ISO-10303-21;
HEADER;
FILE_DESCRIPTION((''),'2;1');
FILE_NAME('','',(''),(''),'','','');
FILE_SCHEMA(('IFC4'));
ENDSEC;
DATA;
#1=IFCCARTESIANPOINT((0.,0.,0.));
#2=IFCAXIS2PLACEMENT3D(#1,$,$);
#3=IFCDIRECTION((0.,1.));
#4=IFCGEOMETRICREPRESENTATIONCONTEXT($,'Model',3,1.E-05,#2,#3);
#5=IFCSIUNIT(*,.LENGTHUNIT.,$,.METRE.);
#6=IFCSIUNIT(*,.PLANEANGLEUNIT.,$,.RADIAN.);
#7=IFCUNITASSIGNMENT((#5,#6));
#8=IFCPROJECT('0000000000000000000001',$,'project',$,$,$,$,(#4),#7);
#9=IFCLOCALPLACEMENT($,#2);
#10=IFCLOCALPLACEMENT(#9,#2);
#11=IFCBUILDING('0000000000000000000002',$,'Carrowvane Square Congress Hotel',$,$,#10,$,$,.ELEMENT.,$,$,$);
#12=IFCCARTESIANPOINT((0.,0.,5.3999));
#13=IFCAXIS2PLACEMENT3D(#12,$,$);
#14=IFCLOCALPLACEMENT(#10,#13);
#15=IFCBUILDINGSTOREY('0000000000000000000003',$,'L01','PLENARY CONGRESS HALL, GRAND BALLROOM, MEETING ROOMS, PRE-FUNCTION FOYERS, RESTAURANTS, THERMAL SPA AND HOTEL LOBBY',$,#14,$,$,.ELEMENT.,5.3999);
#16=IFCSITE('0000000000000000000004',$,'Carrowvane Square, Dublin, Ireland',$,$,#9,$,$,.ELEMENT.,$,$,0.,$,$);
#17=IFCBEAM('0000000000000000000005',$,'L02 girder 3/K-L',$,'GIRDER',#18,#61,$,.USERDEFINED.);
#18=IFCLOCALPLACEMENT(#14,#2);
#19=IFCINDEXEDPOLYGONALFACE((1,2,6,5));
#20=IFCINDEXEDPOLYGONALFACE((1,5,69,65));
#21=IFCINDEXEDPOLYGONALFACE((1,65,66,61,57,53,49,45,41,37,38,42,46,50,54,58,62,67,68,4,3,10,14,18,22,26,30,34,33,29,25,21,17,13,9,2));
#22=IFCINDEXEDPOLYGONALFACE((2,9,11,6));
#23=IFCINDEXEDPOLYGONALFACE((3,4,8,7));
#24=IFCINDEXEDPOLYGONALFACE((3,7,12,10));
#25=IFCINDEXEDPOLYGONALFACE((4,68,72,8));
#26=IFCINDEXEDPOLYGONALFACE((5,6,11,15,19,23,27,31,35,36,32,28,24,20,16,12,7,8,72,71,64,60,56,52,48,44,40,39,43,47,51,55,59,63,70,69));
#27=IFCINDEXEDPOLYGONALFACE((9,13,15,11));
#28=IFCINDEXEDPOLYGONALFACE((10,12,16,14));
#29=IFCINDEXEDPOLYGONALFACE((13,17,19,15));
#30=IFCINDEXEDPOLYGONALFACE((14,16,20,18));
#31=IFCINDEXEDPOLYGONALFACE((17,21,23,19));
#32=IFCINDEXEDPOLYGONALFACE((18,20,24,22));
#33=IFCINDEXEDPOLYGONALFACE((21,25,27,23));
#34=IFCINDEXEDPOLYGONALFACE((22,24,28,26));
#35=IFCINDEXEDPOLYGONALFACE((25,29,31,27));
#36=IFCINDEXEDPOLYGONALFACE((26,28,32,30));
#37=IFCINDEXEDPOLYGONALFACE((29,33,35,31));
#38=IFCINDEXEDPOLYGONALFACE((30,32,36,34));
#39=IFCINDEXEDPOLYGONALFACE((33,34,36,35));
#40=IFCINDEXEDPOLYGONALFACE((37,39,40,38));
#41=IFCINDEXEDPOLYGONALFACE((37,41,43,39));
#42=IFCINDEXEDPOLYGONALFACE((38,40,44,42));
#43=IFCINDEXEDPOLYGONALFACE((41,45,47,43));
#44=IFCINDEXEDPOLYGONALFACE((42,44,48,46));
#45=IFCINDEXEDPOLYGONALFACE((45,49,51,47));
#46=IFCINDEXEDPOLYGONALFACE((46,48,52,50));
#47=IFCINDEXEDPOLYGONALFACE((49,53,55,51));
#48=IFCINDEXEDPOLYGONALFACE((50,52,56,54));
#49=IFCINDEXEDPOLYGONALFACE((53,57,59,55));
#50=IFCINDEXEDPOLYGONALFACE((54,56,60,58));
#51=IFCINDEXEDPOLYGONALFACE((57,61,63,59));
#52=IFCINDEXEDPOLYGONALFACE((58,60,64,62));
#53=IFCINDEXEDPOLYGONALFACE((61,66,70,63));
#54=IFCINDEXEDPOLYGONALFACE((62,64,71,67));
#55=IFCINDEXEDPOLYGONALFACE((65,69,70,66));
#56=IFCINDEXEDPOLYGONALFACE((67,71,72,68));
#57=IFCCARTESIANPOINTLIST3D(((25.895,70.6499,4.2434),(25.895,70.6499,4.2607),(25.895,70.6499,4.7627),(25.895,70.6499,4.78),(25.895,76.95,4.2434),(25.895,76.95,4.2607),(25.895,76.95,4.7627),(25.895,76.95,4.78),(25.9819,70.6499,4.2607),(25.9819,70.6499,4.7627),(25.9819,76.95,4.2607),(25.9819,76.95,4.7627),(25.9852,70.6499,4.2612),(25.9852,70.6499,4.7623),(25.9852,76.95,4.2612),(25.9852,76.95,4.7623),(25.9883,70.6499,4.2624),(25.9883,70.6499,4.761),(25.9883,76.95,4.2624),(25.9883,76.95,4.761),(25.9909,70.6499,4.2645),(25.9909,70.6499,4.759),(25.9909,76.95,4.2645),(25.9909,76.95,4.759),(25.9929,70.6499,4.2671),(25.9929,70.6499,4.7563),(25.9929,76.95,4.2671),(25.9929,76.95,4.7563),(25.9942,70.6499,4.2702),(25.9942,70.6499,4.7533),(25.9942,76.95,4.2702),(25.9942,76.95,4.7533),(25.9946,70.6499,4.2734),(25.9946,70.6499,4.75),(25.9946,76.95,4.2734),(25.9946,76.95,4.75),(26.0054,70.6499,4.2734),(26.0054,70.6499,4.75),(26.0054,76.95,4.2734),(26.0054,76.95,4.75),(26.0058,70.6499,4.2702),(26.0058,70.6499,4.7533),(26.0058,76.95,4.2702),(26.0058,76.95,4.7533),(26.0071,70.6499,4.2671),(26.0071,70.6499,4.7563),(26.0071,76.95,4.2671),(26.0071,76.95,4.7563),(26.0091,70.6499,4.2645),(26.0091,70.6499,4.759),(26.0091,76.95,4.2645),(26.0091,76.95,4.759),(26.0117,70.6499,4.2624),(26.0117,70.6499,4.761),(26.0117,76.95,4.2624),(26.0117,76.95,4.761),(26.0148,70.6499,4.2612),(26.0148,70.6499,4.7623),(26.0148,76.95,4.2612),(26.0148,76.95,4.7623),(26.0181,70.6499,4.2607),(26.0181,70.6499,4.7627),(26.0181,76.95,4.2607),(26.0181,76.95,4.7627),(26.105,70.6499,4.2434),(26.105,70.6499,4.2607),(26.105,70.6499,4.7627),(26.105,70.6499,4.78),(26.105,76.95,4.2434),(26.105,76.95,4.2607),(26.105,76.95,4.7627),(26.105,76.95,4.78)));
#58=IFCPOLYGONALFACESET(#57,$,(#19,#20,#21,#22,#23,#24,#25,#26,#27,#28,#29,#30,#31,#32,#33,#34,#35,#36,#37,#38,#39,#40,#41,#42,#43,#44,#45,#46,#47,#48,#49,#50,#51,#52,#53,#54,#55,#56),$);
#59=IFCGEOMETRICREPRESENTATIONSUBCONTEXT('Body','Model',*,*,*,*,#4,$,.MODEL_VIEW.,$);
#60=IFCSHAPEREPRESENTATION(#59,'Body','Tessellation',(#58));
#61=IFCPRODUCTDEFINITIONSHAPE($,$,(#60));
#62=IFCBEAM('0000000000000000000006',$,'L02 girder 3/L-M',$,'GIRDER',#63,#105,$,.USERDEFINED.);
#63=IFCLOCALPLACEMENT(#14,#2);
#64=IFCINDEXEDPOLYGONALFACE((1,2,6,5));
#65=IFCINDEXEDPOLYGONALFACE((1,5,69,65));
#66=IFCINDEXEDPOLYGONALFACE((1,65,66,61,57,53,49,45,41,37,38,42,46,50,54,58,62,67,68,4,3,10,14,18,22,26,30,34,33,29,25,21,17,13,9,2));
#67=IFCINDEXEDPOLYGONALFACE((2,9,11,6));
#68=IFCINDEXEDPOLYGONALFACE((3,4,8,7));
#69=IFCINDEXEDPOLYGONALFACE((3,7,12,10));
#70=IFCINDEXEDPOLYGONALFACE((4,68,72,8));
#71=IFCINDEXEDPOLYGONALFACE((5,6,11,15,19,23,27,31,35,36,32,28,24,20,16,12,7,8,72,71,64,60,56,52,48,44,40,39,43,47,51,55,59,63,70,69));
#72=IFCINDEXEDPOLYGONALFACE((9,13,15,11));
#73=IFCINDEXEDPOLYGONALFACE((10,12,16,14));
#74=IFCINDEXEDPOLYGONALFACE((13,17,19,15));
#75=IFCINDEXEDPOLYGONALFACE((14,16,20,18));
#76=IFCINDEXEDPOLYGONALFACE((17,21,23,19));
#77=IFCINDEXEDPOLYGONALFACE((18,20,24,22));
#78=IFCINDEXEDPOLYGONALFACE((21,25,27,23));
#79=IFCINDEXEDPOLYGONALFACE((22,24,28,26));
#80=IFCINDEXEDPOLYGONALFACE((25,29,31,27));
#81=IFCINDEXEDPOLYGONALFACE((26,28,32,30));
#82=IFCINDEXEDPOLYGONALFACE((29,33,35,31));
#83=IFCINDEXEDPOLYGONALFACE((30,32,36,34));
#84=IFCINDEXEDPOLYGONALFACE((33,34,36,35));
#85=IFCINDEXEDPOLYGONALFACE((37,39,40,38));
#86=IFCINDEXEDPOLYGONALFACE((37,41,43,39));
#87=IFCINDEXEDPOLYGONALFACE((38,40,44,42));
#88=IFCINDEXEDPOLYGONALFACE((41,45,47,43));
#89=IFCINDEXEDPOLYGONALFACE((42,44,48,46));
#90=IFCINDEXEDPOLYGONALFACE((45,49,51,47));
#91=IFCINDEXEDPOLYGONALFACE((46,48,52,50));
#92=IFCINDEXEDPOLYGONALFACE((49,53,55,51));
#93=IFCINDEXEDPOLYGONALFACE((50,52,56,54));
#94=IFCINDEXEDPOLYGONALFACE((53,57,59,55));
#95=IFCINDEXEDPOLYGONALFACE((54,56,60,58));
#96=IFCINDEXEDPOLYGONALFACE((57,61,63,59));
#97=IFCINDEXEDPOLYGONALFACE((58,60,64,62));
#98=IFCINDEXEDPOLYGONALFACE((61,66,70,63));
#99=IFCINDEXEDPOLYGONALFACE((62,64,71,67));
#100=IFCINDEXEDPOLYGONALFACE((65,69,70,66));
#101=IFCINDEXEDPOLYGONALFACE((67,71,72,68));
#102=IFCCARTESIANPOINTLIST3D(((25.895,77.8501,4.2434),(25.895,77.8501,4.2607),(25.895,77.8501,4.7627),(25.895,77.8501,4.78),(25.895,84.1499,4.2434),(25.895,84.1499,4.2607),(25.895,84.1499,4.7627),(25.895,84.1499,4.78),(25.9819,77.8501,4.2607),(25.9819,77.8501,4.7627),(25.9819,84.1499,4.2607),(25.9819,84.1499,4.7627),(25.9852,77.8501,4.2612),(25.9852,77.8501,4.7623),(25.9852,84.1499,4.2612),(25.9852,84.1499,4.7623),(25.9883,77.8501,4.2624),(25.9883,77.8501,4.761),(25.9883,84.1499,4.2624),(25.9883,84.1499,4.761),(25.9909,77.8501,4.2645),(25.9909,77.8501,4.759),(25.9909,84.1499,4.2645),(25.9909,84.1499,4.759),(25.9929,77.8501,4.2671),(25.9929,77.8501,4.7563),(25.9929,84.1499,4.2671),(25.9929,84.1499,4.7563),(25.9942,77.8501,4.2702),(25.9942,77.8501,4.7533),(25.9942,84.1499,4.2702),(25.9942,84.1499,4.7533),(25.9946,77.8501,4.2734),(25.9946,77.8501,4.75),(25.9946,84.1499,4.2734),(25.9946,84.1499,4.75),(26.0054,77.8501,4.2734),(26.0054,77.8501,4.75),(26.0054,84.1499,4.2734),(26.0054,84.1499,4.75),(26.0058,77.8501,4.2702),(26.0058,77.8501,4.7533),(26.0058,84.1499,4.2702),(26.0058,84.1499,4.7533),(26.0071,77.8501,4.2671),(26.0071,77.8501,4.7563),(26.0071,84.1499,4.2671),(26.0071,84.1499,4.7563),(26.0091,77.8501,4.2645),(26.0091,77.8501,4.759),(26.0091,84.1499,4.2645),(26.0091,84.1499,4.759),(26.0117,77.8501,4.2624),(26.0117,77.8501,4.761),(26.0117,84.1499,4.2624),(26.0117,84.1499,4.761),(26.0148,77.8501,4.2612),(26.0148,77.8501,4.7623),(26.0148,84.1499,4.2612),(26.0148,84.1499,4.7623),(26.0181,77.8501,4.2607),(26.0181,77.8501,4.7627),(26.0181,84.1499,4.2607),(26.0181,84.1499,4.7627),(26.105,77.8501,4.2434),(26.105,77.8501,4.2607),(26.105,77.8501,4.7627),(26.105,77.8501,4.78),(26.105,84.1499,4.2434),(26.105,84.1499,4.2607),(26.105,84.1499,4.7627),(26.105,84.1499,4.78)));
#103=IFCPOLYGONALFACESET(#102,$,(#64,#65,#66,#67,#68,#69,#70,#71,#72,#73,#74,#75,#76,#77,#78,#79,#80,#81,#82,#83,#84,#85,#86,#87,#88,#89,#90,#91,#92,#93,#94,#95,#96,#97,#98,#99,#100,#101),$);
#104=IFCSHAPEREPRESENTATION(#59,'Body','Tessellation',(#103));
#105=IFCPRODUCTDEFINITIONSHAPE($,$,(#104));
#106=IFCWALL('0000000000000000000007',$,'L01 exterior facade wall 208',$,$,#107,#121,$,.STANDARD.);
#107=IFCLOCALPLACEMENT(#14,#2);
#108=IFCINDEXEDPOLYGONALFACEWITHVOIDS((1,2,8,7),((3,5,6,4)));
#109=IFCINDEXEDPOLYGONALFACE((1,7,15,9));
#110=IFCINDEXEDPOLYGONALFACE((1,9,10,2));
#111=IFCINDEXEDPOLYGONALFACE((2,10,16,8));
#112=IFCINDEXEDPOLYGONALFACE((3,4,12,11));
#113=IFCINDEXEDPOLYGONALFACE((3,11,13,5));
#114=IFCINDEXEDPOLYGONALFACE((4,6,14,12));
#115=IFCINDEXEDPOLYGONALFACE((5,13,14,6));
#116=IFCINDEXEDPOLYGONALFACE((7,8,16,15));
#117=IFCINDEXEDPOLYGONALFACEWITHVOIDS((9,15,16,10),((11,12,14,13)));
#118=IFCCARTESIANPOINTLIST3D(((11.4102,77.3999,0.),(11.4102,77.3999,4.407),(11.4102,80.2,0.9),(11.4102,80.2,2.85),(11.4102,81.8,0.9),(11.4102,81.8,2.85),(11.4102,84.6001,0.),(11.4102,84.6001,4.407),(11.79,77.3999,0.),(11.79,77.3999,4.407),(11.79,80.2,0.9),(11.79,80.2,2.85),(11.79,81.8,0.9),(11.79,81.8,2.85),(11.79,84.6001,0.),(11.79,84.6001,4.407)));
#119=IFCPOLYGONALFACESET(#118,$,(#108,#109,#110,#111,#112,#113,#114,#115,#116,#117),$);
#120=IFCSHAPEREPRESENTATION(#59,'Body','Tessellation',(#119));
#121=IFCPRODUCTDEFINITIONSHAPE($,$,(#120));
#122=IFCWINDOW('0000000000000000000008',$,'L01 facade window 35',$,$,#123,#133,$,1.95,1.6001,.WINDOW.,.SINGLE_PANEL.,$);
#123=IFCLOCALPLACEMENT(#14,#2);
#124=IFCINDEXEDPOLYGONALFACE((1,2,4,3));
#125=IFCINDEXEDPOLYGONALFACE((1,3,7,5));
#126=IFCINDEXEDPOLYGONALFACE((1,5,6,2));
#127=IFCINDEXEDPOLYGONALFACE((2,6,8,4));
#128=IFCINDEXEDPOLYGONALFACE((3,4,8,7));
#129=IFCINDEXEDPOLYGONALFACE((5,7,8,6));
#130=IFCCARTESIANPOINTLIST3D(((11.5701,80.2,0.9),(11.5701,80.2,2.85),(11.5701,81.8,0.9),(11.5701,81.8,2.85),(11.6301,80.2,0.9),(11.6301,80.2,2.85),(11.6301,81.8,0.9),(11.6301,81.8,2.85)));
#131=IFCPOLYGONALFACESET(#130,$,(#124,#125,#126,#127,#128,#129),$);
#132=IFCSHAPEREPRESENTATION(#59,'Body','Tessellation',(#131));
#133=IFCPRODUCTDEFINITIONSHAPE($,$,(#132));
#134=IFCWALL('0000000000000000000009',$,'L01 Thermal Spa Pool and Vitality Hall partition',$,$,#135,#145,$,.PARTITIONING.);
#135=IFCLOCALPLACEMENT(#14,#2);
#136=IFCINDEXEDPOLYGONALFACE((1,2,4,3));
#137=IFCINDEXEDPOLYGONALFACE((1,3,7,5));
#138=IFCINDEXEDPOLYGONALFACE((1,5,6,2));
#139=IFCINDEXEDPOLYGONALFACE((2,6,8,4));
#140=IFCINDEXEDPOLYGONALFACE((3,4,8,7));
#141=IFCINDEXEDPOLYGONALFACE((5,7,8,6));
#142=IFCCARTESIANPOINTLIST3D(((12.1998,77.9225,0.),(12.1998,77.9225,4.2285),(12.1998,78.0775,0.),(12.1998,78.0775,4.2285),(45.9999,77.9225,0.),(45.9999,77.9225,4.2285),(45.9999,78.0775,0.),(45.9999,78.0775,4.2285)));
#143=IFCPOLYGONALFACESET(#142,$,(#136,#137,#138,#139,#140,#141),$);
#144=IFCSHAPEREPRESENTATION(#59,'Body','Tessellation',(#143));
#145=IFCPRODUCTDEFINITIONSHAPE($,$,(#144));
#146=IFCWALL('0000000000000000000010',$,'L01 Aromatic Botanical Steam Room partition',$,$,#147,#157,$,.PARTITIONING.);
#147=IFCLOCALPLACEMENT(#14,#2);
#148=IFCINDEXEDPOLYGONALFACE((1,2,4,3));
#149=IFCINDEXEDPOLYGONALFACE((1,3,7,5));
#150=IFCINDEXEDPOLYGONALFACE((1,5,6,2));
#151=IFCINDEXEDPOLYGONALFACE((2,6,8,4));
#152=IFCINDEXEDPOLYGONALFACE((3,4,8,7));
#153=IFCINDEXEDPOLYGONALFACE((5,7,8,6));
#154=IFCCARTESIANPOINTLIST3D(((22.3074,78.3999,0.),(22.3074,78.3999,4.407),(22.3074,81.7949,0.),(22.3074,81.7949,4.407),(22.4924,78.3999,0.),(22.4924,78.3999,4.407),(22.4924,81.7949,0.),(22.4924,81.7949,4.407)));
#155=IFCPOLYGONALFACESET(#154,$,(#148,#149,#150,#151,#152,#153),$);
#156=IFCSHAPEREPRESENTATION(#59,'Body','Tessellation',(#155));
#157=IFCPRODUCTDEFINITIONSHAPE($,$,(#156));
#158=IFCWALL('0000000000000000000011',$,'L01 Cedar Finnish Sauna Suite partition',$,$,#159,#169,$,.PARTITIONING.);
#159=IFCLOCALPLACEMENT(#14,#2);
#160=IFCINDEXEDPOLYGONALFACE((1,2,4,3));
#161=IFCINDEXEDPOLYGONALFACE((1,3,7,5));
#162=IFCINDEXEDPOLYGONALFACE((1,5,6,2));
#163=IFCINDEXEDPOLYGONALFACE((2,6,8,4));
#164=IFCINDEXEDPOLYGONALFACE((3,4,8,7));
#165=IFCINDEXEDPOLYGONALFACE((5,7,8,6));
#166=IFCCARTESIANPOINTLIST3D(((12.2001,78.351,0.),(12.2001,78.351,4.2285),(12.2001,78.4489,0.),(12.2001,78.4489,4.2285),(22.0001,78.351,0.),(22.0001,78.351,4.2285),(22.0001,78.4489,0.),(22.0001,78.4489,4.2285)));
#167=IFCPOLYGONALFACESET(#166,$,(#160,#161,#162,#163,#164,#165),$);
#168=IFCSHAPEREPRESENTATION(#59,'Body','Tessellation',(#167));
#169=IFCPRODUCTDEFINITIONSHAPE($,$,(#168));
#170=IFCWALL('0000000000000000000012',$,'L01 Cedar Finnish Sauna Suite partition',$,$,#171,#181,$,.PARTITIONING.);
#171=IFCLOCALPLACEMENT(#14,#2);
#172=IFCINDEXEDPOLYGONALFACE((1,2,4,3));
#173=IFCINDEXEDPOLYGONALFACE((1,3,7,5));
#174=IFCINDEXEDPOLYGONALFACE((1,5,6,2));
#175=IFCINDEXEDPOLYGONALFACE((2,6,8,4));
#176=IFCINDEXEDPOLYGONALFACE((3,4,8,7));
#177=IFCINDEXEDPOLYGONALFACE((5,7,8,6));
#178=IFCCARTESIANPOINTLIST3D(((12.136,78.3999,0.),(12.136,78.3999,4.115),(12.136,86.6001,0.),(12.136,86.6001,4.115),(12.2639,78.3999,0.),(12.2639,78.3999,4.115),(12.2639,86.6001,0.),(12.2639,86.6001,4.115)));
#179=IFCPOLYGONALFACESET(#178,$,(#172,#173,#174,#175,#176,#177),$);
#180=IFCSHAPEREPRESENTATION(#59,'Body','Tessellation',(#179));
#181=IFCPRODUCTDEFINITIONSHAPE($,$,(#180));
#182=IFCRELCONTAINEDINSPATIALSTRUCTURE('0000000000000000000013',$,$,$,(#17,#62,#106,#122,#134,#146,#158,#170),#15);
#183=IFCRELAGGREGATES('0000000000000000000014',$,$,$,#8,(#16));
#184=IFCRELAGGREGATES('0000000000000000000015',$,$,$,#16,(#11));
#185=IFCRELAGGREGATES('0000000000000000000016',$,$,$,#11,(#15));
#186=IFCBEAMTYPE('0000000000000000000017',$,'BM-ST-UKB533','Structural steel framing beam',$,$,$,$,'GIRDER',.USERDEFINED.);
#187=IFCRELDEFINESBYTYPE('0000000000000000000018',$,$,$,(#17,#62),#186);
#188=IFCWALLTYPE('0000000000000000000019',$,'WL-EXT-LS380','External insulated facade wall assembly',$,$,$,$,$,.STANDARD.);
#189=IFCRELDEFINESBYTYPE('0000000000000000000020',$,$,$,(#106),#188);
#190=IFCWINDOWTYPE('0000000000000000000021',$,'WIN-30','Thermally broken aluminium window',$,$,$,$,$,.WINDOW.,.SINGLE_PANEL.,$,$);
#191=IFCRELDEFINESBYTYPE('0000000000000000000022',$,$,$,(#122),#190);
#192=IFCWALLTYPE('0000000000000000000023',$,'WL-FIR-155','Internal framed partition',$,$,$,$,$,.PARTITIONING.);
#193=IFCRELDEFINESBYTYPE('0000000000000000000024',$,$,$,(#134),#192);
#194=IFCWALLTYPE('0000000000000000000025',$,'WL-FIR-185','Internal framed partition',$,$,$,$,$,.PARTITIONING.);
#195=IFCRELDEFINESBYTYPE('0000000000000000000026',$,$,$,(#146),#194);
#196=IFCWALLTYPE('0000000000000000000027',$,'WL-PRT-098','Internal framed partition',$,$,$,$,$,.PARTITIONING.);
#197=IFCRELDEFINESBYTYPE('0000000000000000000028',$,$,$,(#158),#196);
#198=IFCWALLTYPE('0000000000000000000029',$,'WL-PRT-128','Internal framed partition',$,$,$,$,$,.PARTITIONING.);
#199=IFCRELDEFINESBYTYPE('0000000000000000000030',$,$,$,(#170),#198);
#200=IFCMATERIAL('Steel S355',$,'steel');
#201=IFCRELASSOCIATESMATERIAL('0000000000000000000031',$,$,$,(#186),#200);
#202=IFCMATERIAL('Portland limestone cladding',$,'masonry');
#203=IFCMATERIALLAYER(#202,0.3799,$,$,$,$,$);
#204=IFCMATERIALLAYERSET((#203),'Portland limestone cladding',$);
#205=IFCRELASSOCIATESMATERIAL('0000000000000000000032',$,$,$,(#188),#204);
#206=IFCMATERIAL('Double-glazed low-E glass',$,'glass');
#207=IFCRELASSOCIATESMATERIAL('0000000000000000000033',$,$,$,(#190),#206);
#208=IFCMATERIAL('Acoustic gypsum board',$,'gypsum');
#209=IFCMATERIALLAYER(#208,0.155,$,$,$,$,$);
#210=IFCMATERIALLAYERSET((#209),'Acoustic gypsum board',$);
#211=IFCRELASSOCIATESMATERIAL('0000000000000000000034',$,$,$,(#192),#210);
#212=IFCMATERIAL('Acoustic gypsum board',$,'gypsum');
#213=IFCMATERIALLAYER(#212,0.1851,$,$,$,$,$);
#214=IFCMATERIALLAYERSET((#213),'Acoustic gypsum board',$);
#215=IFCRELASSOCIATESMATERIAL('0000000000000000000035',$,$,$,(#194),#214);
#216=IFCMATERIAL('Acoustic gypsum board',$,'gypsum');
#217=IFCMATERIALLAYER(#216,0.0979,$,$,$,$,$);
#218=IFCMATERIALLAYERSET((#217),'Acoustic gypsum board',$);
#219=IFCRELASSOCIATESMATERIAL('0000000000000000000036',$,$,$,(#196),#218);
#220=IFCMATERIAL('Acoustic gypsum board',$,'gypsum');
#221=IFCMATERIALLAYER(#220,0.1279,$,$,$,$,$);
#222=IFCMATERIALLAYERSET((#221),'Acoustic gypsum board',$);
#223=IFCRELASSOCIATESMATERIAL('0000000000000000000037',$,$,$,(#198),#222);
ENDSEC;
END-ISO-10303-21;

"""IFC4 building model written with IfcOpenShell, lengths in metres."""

from ifc_helpers import new_model, si_unit, direction, frame, frame_2d, origin, origin_2d, place, context, subcontext, project, spatial, rectangle, i_section, extrude, material, layer, layer_set, material_profile, profile_set, type_object, element, fill, save


model = new_model("IFC4")

# Units and contexts
model_context = context("Model", 3, precision=1e-05, world=origin(), true_north=direction((0.0, 1.0)))
body_context = subcontext(model_context, "Body", "Model", "MODEL_VIEW")
ifc_project = project(units=[si_unit("LENGTHUNIT", "METRE"), si_unit("PLANEANGLEUNIT", "RADIAN")], contexts=[model_context])

# Site, building, storey
site_placement = place(None, origin())
site = spatial("IfcSite", under=ifc_project, at=site_placement, Name="Carrowvane Square, Dublin, Ireland", CompositionType="ELEMENT", RefElevation=0.0)
building_placement = place(site_placement, origin())
building = spatial("IfcBuilding", under=site, at=building_placement, Name="Carrowvane Square Congress Hotel", CompositionType="ELEMENT")
storey_placement = place(building_placement, frame((0.0, 0.0, 5.3999)))
storey = spatial("IfcBuildingStorey", under=building, at=storey_placement, Name="L01", Description="PLENARY CONGRESS HALL, GRAND BALLROOM, MEETING ROOMS, PRE-FUNCTION FOYERS, RESTAURANTS, THERMAL SPA AND HOTEL LOBBY", CompositionType="ELEMENT", Elevation=5.3999)

# Beams
ifc_material_1 = material(Name="Steel S355", Category="steel")
ifc_material_profile_1 = material_profile(ifc_material_1, i_section(OverallWidth=0.21, OverallDepth=0.5366, WebThickness=0.0107, FlangeThickness=0.0173, FilletRadius=0.0127, at=origin_2d()), Name="UKB 533x210x101")
ifc_profile_set_1 = profile_set([ifc_material_profile_1], Name="Steel S355")
beam_type_1 = type_object("IfcBeamType", Name="BM-ST-UKB533", Description="Structural steel framing beam", ElementType="GIRDER", PredefinedType="USERDEFINED", material=ifc_profile_set_1)
beam_1_placement = place(storey_placement, frame((26.0, 70.6499, 4.5117), z_axis=(0.0, 1.0, 0.0), x_axis=(-1.0, 0.0, 0.0)))
element("IfcBeam", 1, at=beam_1_placement, inside=storey, type_object=beam_type_1, Name="L02 girder 3/K-L", ObjectType="GIRDER", PredefinedType="USERDEFINED", context=body_context, shape_type="SweptSolid", body=[
    extrude(i_section(OverallWidth=0.21, OverallDepth=0.5366, WebThickness=0.0107, FlangeThickness=0.0173, FilletRadius=0.0127, at=origin_2d()), origin(), (0.0, 0.0, 1.0), 6.3),
])
beam_2_placement = place(storey_placement, frame((26.0, 77.8501, 4.5117), z_axis=(0.0, 1.0, 0.0), x_axis=(-1.0, 0.0, 0.0)))
element("IfcBeam", 2, at=beam_2_placement, inside=storey, type_object=beam_type_1, Name="L02 girder 3/L-M", ObjectType="GIRDER", PredefinedType="USERDEFINED", context=body_context, shape_type="SweptSolid", body=[
    extrude(i_section(OverallWidth=0.21, OverallDepth=0.5366, WebThickness=0.0107, FlangeThickness=0.0173, FilletRadius=0.0127, at=origin_2d()), origin(), (0.0, 0.0, 1.0), 6.2998),
])

# Wall, opening, window
ifc_material_2 = material(Name="Portland limestone cladding", Category="masonry")
ifc_layer_1 = layer(ifc_material_2, 0.3799)
ifc_layer_set_1 = layer_set([ifc_layer_1], Name="Portland limestone cladding")
wall_type_1 = type_object("IfcWallType", Name="WL-EXT-LS380", Description="External insulated facade wall assembly", PredefinedType="STANDARD", material=ifc_layer_set_1)
wall_1_placement = place(storey_placement, frame((11.6001, 77.3999, 0.0), z_axis=(0.0, 0.0, 1.0), x_axis=(0.0, 1.0, 0.0)))
wall_1 = element("IfcWall", 3, at=wall_1_placement, inside=storey, type_object=wall_type_1, Name="L01 exterior facade wall 208", PredefinedType="STANDARD", context=body_context, shape_type="SweptSolid", body=[
    extrude(rectangle(XDim=7.2002, YDim=0.3799, at=frame_2d((3.6001, 0.0))), origin(), (0.0, 0.0, 1.0), 4.407),
])
opening_placement = place(wall_1_placement, frame((2.8, 0.0, 0.8999)))
opening = element("IfcOpeningElement", 4, at=opening_placement, cuts=wall_1, PredefinedType="OPENING", context=body_context, shape_type="SweptSolid", body=[
    extrude(rectangle(XDim=1.6001, YDim=1.95, at=frame_2d((0.8, 0.9751))), frame((0.0, 0.2, 0.0), z_axis=(0.0, -1.0, 0.0), x_axis=(1.0, 0.0, 0.0)), (0.0, 0.0, 1.0), 0.3999),
])
ifc_material_3 = material(Name="Double-glazed low-E glass", Category="glass")
window_type = type_object("IfcWindowType", Name="WIN-30", Description="Thermally broken aluminium window", PartitioningType="SINGLE_PANEL", PredefinedType="WINDOW", material=ifc_material_3)
window_placement = place(opening_placement, origin())
window = element("IfcWindow", 5, at=window_placement, inside=storey, type_object=window_type, Name="L01 facade window 35", OverallHeight=1.95, OverallWidth=1.6001, PartitioningType="SINGLE_PANEL", PredefinedType="WINDOW", context=body_context, shape_type="SweptSolid", body=[
    extrude(rectangle(XDim=1.6001, YDim=1.95, at=frame_2d((0.8, 0.9751))), frame((0.0, 0.03, 0.0), z_axis=(0.0, -1.0, 0.0), x_axis=(1.0, 0.0, 0.0)), (0.0, 0.0, 1.0), 0.0601),
])
fill(opening, window)

# Walls
ifc_material_4 = material(Name="Acoustic gypsum board", Category="gypsum")
ifc_layer_2 = layer(ifc_material_4, 0.155)
ifc_layer_set_2 = layer_set([ifc_layer_2], Name="Acoustic gypsum board")
wall_type_2 = type_object("IfcWallType", Name="WL-FIR-155", Description="Internal framed partition", PredefinedType="PARTITIONING", material=ifc_layer_set_2)
wall_2_placement = place(storey_placement, frame((12.2, 78.0, 0.0), z_axis=(0.0, 0.0, 1.0), x_axis=(1.0, 0.0, 0.0)))
element("IfcWall", 6, at=wall_2_placement, inside=storey, type_object=wall_type_2, Name="L01 Thermal Spa Pool and Vitality Hall partition", PredefinedType="PARTITIONING", context=body_context, shape_type="SweptSolid", body=[
    extrude(rectangle(XDim=33.8, YDim=0.155, at=frame_2d((16.8999, 0.0))), origin(), (0.0, 0.0, 1.0), 4.2285),
])
ifc_material_5 = material(Name="Acoustic gypsum board", Category="gypsum")
ifc_layer_3 = layer(ifc_material_5, 0.1851)
ifc_layer_set_3 = layer_set([ifc_layer_3], Name="Acoustic gypsum board")
wall_type_3 = type_object("IfcWallType", Name="WL-FIR-185", Description="Internal framed partition", PredefinedType="PARTITIONING", material=ifc_layer_set_3)
wall_3_placement = place(storey_placement, frame((22.3999, 78.3999, 0.0), z_axis=(0.0, 0.0, 1.0), x_axis=(0.0, 1.0, 0.0)))
element("IfcWall", 7, at=wall_3_placement, inside=storey, type_object=wall_type_3, Name="L01 Aromatic Botanical Steam Room partition", PredefinedType="PARTITIONING", context=body_context, shape_type="SweptSolid", body=[
    extrude(rectangle(XDim=3.395, YDim=0.1851, at=frame_2d((1.6975, 0.0))), origin(), (0.0, 0.0, 1.0), 4.407),
])
ifc_material_6 = material(Name="Acoustic gypsum board", Category="gypsum")
ifc_layer_4 = layer(ifc_material_6, 0.0979)
ifc_layer_set_4 = layer_set([ifc_layer_4], Name="Acoustic gypsum board")
wall_type_4 = type_object("IfcWallType", Name="WL-PRT-098", Description="Internal framed partition", PredefinedType="PARTITIONING", material=ifc_layer_set_4)
wall_4_placement = place(storey_placement, frame((22.0, 78.3999, 0.0), z_axis=(0.0, 0.0, 1.0), x_axis=(-1.0, 0.0, 0.0)))
element("IfcWall", 8, at=wall_4_placement, inside=storey, type_object=wall_type_4, Name="L01 Cedar Finnish Sauna Suite partition", PredefinedType="PARTITIONING", context=body_context, shape_type="SweptSolid", body=[
    extrude(rectangle(XDim=9.8, YDim=0.0979, at=frame_2d((4.8999, 0.0))), origin(), (0.0, 0.0, 1.0), 4.2285),
])
ifc_material_7 = material(Name="Acoustic gypsum board", Category="gypsum")
ifc_layer_5 = layer(ifc_material_7, 0.1279)
ifc_layer_set_5 = layer_set([ifc_layer_5], Name="Acoustic gypsum board")
wall_type_5 = type_object("IfcWallType", Name="WL-PRT-128", Description="Internal framed partition", PredefinedType="PARTITIONING", material=ifc_layer_set_5)
wall_5_placement = place(storey_placement, frame((12.2, 78.3999, 0.0), z_axis=(0.0, 0.0, 1.0), x_axis=(0.0, 1.0, 0.0)))
element("IfcWall", 9, at=wall_5_placement, inside=storey, type_object=wall_type_5, Name="L01 Cedar Finnish Sauna Suite partition", PredefinedType="PARTITIONING", context=body_context, shape_type="SweptSolid", body=[
    extrude(rectangle(XDim=8.2002, YDim=0.1279, at=frame_2d((4.1001, 0.0))), origin(), (0.0, 0.0, 1.0), 4.115),
])

save(model, "model.ifc")
